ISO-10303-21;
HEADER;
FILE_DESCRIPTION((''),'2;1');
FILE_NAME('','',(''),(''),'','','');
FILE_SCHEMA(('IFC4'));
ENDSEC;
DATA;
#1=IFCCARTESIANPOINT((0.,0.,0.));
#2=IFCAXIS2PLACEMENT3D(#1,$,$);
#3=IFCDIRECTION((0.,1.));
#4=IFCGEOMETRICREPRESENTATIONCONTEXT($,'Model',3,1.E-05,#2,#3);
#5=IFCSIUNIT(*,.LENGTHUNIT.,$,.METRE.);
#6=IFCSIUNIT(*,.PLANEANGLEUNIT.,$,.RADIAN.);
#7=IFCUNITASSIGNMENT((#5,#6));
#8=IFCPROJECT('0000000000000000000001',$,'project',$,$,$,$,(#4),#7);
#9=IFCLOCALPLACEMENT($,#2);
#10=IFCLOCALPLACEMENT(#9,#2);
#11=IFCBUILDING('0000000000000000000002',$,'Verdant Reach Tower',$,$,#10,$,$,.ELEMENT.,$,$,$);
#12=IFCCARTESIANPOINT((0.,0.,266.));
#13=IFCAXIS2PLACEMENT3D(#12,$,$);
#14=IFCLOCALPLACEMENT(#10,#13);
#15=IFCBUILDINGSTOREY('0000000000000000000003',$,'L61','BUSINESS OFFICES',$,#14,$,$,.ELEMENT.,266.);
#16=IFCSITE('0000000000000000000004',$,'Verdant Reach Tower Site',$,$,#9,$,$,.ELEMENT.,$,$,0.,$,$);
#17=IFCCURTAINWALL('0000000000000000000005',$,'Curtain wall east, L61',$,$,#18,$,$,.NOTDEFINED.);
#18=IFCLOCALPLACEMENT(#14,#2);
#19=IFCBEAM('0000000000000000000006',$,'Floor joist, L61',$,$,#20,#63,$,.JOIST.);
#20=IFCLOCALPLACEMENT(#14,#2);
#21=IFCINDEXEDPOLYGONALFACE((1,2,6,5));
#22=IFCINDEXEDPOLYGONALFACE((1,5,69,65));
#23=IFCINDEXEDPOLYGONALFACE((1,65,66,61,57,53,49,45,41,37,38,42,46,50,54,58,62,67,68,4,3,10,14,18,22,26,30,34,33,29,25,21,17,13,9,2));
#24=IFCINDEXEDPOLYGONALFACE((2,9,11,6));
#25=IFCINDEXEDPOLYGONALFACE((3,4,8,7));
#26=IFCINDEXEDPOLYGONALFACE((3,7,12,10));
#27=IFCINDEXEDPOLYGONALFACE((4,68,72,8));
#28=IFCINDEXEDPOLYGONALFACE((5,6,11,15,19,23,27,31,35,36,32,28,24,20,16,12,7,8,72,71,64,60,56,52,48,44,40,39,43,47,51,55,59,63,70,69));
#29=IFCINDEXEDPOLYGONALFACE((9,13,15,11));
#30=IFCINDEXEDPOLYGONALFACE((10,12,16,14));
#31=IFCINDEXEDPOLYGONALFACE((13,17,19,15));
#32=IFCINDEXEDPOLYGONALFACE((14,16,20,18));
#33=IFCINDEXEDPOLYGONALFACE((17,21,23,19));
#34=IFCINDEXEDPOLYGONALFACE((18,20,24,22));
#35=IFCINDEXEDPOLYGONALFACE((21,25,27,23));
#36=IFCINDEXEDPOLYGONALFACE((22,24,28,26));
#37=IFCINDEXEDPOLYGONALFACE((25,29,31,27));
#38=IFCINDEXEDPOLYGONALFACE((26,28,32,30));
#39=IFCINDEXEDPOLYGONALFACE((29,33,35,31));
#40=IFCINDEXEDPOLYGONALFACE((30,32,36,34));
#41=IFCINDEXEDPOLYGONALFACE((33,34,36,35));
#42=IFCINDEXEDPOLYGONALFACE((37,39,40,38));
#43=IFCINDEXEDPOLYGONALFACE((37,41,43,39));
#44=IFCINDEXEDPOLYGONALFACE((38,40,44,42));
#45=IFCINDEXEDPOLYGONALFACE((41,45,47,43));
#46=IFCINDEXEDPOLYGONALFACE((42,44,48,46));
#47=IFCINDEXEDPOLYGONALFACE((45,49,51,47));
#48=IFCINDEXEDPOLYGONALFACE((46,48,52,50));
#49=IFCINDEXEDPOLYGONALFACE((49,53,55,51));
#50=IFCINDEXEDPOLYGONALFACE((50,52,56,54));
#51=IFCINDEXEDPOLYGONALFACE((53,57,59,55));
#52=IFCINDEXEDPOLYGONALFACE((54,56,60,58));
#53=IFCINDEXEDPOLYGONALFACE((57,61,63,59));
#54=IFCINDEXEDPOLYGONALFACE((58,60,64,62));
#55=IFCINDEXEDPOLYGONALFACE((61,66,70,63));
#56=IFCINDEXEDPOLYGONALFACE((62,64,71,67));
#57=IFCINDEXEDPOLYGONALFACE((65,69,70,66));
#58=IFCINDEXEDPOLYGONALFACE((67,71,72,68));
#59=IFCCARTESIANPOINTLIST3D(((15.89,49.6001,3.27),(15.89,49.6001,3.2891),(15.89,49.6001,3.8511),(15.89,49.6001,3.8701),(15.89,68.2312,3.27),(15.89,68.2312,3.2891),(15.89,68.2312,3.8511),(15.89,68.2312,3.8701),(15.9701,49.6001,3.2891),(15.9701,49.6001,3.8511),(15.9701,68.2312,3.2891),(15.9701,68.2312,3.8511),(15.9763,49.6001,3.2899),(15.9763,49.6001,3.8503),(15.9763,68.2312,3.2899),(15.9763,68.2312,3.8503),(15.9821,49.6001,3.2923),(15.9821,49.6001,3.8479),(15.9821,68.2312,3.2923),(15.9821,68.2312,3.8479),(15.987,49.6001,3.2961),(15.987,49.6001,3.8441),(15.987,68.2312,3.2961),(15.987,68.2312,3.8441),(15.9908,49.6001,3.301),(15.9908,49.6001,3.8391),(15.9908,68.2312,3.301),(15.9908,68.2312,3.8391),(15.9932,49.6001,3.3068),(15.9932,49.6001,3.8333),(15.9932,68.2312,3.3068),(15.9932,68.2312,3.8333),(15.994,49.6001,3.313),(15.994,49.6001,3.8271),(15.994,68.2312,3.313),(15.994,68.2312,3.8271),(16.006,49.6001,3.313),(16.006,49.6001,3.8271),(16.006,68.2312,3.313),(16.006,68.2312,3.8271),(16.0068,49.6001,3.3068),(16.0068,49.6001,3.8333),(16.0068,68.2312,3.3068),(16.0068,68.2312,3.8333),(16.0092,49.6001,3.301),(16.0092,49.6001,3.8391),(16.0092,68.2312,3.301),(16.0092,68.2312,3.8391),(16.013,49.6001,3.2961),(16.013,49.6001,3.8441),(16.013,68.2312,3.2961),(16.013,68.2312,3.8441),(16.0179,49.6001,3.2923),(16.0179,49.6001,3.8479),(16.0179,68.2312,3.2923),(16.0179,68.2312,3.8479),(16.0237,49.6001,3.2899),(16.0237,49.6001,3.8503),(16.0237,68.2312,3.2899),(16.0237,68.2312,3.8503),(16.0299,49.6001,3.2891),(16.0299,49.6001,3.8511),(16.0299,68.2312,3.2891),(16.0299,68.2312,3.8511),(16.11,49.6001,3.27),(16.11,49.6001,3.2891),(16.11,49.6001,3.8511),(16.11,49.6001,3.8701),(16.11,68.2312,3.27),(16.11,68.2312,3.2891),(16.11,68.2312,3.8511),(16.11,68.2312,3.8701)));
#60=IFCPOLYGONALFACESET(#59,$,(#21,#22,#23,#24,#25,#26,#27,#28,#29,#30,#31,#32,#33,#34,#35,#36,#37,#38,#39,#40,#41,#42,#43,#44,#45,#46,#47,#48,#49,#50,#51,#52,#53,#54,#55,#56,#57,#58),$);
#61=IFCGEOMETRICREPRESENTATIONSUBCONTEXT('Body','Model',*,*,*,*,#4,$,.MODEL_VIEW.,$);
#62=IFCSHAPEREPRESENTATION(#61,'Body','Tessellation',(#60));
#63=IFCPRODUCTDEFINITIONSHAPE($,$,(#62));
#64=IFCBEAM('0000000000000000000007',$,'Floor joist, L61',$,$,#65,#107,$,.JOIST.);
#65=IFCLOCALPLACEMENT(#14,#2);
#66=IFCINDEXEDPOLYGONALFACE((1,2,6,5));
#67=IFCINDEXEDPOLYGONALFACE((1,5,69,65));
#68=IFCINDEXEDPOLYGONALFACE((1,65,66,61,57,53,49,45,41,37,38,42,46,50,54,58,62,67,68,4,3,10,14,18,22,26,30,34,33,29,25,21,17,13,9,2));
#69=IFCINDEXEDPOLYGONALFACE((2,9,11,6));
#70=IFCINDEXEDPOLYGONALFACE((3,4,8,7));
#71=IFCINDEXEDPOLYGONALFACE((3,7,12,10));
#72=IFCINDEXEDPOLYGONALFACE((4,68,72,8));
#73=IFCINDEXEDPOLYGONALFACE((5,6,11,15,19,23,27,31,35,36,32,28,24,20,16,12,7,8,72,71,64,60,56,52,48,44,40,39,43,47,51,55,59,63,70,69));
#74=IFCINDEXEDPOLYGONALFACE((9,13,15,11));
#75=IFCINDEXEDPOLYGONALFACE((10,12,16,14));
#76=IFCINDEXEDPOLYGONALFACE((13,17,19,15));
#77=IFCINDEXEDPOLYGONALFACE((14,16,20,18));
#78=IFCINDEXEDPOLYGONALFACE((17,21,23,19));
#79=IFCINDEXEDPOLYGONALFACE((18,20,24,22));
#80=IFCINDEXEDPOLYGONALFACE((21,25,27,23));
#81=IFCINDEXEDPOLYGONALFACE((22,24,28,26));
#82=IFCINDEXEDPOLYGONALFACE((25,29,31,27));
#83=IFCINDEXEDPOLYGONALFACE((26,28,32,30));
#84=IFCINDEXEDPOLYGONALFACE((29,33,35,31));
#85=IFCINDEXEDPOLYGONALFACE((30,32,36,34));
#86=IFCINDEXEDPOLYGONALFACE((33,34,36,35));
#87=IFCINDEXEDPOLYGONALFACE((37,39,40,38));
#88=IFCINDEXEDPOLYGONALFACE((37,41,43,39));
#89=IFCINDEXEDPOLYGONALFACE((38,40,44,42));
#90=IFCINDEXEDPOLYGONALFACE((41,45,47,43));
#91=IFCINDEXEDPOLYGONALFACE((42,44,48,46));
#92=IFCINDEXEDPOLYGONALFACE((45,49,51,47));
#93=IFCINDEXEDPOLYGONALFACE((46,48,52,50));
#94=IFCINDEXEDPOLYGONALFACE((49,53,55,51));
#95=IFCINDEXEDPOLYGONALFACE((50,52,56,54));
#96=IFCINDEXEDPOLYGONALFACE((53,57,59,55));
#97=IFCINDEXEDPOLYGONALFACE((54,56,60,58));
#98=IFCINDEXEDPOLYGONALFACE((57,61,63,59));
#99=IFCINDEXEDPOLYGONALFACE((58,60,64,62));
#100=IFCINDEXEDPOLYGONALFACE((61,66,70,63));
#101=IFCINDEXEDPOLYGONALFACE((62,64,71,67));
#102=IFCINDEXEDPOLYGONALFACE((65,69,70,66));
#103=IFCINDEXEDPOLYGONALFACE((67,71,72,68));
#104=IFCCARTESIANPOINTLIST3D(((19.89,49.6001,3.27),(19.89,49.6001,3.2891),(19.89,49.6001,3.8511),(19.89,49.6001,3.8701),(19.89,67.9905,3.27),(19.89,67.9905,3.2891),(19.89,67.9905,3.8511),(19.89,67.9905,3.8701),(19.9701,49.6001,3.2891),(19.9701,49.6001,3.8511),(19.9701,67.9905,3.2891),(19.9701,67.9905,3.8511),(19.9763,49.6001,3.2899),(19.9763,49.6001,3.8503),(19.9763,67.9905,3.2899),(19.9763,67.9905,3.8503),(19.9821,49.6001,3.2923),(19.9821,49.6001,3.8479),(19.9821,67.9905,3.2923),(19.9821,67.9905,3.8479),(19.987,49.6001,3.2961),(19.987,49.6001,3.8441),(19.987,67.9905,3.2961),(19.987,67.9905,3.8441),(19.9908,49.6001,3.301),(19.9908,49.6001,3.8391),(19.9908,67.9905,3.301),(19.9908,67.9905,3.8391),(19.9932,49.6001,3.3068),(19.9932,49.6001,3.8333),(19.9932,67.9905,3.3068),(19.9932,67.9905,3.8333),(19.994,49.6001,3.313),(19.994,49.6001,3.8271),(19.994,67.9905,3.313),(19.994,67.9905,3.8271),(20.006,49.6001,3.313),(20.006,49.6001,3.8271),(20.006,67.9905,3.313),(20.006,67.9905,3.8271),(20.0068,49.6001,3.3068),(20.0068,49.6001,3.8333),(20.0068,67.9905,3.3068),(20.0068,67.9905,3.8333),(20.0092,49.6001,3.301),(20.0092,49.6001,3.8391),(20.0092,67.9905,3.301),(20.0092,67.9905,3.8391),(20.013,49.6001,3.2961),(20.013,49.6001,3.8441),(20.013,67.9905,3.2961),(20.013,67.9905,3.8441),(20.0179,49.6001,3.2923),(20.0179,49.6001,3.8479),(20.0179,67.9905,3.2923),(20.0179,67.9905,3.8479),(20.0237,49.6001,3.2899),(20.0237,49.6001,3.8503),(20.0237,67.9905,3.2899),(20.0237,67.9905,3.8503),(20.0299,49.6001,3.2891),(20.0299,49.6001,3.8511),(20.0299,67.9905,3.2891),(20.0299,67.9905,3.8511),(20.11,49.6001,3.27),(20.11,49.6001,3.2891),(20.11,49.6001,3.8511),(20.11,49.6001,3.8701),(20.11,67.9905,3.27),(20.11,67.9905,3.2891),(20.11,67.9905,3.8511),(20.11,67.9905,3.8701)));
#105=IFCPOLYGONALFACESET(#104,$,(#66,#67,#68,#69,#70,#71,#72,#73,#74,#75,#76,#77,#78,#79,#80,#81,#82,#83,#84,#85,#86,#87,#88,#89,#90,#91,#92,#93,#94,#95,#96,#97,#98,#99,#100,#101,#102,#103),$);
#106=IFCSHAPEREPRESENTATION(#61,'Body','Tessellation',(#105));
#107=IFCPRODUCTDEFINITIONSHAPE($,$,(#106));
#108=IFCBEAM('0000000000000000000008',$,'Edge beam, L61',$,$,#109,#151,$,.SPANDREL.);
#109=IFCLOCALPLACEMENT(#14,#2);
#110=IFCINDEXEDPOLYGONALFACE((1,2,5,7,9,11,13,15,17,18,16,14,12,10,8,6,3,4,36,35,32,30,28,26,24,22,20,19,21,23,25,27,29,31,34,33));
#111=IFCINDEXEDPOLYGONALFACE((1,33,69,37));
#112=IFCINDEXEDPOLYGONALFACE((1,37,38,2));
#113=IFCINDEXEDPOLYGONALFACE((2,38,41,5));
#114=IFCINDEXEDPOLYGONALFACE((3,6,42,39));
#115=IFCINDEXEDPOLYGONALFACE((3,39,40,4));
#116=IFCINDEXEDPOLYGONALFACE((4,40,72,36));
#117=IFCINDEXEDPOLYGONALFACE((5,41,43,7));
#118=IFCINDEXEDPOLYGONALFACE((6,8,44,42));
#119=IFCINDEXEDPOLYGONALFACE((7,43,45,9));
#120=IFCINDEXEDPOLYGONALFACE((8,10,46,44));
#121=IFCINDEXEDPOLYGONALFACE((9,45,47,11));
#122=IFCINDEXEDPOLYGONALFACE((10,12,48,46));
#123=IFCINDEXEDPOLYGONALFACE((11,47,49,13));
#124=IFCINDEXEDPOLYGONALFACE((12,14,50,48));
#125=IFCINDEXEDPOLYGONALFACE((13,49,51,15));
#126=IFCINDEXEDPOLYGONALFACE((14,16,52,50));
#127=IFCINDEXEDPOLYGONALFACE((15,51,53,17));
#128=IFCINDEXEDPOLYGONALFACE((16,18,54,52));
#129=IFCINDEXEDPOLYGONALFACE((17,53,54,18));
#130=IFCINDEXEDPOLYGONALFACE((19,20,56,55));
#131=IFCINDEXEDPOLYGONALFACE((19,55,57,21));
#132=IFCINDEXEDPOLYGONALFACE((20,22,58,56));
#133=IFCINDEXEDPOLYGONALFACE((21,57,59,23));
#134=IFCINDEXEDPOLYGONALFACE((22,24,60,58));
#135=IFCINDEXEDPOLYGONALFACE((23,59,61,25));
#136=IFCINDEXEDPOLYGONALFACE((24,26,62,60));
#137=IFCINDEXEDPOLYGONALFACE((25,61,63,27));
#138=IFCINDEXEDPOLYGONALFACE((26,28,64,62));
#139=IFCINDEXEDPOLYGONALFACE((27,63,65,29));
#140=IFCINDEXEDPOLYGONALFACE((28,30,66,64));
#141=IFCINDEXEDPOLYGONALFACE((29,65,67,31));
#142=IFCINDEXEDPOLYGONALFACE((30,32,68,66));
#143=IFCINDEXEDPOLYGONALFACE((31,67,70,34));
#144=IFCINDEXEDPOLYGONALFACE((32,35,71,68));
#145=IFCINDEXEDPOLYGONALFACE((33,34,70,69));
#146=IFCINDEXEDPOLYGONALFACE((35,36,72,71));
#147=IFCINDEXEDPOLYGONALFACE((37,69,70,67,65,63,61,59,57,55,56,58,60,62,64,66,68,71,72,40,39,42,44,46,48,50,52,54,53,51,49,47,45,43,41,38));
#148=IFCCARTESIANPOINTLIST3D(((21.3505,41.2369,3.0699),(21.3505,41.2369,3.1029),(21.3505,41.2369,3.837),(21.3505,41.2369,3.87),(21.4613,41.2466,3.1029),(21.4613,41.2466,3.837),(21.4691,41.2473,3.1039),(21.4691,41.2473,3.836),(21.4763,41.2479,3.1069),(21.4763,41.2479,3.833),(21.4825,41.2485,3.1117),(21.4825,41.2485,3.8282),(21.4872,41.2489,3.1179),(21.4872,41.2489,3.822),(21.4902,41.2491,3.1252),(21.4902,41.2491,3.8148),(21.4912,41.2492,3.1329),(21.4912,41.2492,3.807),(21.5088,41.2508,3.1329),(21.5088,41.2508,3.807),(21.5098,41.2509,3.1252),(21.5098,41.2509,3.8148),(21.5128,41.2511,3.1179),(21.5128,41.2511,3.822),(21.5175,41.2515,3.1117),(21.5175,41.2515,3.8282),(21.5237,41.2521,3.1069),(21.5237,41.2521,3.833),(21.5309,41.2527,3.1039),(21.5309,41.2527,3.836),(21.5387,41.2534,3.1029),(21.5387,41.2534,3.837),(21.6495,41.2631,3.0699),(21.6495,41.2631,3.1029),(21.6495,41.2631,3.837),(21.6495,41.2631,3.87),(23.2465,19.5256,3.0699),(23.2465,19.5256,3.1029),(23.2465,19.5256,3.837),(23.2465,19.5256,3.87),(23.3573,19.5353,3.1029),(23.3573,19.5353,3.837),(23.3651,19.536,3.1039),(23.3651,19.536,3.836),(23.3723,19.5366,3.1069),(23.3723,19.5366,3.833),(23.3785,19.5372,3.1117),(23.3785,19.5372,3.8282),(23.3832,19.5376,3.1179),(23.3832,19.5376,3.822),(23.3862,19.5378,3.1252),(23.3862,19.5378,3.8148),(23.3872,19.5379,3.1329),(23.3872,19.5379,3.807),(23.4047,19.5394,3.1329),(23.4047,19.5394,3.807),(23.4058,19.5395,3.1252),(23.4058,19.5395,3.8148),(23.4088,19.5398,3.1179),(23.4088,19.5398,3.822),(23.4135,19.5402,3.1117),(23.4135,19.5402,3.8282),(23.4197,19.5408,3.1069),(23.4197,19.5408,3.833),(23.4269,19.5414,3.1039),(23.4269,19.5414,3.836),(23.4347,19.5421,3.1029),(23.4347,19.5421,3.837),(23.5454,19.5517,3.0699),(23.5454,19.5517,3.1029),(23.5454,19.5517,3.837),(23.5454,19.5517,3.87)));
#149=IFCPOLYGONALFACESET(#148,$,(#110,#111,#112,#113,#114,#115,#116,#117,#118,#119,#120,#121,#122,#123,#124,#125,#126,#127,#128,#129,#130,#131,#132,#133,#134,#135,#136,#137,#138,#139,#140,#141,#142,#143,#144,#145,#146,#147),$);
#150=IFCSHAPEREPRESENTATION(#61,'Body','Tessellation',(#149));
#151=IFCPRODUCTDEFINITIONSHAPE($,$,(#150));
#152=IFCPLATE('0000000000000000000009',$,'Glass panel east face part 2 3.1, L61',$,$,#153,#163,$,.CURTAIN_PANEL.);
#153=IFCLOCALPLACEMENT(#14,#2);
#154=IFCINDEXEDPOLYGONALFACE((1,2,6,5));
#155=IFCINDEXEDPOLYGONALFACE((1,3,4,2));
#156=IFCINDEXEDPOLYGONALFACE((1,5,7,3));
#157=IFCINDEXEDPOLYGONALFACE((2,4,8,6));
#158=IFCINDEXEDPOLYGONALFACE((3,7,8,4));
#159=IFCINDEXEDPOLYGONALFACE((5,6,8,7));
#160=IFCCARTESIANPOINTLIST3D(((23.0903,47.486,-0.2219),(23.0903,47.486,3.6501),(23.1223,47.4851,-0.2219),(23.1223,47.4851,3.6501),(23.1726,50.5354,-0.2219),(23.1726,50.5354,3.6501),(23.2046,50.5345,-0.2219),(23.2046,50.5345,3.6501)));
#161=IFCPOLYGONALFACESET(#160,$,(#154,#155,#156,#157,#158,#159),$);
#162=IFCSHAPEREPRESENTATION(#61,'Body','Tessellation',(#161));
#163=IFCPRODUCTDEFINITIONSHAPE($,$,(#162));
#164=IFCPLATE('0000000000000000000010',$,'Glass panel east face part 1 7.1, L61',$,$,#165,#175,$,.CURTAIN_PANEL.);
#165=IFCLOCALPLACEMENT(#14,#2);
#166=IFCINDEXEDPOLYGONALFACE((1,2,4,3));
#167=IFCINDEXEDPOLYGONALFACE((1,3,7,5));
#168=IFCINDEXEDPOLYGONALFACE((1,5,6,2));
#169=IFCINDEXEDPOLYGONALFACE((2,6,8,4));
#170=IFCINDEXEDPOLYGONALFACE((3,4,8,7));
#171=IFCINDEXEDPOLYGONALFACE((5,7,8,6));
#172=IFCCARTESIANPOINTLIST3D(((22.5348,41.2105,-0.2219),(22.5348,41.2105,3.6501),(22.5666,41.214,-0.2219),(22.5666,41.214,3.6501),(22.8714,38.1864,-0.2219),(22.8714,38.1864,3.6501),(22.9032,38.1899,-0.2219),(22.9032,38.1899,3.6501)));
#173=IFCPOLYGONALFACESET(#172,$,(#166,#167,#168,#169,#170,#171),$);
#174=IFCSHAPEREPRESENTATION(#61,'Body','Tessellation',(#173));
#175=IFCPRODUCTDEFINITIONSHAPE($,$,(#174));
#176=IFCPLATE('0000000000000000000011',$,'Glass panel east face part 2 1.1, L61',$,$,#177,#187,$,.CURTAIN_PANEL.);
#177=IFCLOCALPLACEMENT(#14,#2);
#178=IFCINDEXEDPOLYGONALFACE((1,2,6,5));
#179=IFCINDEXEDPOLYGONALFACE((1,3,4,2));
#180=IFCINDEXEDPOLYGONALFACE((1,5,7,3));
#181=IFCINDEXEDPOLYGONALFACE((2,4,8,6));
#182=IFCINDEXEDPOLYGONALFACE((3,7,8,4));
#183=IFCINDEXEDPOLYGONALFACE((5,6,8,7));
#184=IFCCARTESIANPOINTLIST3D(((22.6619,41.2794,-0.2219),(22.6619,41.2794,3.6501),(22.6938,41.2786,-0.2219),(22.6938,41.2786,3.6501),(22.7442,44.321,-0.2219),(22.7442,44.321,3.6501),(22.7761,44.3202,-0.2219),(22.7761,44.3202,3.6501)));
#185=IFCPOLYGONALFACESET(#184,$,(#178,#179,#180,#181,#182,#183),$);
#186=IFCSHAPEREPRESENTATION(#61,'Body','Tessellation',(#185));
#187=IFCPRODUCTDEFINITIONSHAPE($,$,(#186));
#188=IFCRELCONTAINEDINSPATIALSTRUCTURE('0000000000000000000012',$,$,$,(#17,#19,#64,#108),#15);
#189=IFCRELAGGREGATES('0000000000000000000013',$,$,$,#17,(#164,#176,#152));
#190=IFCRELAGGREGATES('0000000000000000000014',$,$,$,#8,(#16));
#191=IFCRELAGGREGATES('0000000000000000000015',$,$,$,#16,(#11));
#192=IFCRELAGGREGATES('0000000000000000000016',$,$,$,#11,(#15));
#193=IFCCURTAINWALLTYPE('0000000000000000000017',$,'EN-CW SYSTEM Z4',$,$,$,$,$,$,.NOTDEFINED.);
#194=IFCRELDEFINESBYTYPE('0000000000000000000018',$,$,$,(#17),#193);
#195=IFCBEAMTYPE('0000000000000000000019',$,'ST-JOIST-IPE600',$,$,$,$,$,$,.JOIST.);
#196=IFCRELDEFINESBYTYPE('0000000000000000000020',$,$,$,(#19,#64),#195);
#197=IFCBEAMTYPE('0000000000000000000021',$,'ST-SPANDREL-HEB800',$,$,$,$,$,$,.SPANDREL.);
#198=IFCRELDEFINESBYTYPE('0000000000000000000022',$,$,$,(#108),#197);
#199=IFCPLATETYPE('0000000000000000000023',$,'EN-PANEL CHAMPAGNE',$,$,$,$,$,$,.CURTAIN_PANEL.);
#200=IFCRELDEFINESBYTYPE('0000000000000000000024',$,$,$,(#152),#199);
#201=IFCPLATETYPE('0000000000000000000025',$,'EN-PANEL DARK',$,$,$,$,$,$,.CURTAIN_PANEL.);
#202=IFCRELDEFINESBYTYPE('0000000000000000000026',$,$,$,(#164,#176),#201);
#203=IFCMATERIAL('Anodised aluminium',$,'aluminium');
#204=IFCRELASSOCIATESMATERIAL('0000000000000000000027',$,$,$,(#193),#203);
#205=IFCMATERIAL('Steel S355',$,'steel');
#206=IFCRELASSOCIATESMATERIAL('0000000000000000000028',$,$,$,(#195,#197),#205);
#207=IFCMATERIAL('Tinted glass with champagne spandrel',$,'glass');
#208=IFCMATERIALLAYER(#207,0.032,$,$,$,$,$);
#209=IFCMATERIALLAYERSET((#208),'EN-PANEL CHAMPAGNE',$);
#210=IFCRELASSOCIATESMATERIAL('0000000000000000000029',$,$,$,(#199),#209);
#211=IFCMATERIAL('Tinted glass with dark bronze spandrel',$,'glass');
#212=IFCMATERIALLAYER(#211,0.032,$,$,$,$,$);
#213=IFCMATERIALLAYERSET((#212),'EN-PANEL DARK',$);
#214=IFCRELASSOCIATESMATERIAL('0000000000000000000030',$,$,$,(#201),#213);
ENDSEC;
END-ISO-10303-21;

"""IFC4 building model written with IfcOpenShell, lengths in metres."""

from ifc_helpers import new_model, si_unit, direction, frame, origin, origin_2d, place, context, subcontext, project, spatial, rectangle, i_section, extrude, material, layer, layer_set, material_profile, profile_set, type_object, element, aggregate, save


model = new_model("IFC4")

# Units and contexts
model_context = context("Model", 3, precision=1e-05, world=origin(), true_north=direction((0.0, 1.0)))
body_context = subcontext(model_context, "Body", "Model", "MODEL_VIEW")
ifc_project = project(units=[si_unit("LENGTHUNIT", "METRE"), si_unit("PLANEANGLEUNIT", "RADIAN")], contexts=[model_context])

# Site, building, storey
site_placement = place(None, origin())
site = spatial("IfcSite", under=ifc_project, at=site_placement, Name="Verdant Reach Tower Site", CompositionType="ELEMENT", RefElevation=0.0)
building_placement = place(site_placement, origin())
building = spatial("IfcBuilding", under=site, at=building_placement, Name="Verdant Reach Tower", CompositionType="ELEMENT")
storey_placement = place(building_placement, frame((0.0, 0.0, 266.0)))
storey = spatial("IfcBuildingStorey", under=building, at=storey_placement, Name="L61", Description="BUSINESS OFFICES", CompositionType="ELEMENT", Elevation=266.0)

# Curtain wall
ifc_material_1 = material(Name="Anodised aluminium", Category="aluminium")
curtain_wall_type = type_object("IfcCurtainWallType", Name="EN-CW SYSTEM Z4", PredefinedType="NOTDEFINED", material=ifc_material_1)
curtain_wall_placement = place(storey_placement, origin())
curtain_wall = element("IfcCurtainWall", 1, at=curtain_wall_placement, inside=storey, type_object=curtain_wall_type, Name="Curtain wall east, L61", PredefinedType="NOTDEFINED")

# Beams
ifc_material_2 = material(Name="Steel S355", Category="steel")
ifc_material_profile_1 = material_profile(ifc_material_2, i_section(OverallWidth=0.22, OverallDepth=0.6001, WebThickness=0.012, FlangeThickness=0.019, FilletRadius=0.0239, at=origin_2d()), Name="IPE 600")
ifc_profile_set_1 = profile_set([ifc_material_profile_1], Name="Steel S355")
beam_type_1 = type_object("IfcBeamType", Name="ST-JOIST-IPE600", PredefinedType="JOIST", material=ifc_profile_set_1)
beam_1_placement = place(storey_placement, frame((16.0, 49.6001, 3.5701), z_axis=(0.0, 1.0, 0.0), x_axis=(-1.0, 0.0, 0.0)))
element("IfcBeam", 2, at=beam_1_placement, inside=storey, type_object=beam_type_1, Name="Floor joist, L61", PredefinedType="JOIST", context=body_context, shape_type="SweptSolid", body=[
    extrude(i_section(OverallWidth=0.22, OverallDepth=0.6001, WebThickness=0.012, FlangeThickness=0.019, FilletRadius=0.0239, at=origin_2d()), origin(), (0.0, 0.0, 1.0), 18.6311),
])
beam_2_placement = place(storey_placement, frame((20.0, 49.6001, 3.5701), z_axis=(0.0, 1.0, 0.0), x_axis=(-1.0, 0.0, 0.0)))
element("IfcBeam", 3, at=beam_2_placement, inside=storey, type_object=beam_type_1, Name="Floor joist, L61", PredefinedType="JOIST", context=body_context, shape_type="SweptSolid", body=[
    extrude(i_section(OverallWidth=0.22, OverallDepth=0.6001, WebThickness=0.012, FlangeThickness=0.019, FilletRadius=0.0239, at=origin_2d()), origin(), (0.0, 0.0, 1.0), 18.3904),
])
ifc_material_profile_2 = material_profile(ifc_material_2, i_section(OverallWidth=0.3, OverallDepth=0.8, WebThickness=0.0176, FlangeThickness=0.033, FilletRadius=0.03, at=origin_2d()), Name="HEB 800")
ifc_profile_set_2 = profile_set([ifc_material_profile_2], Name="Steel S355")
beam_type_2 = type_object("IfcBeamType", Name="ST-SPANDREL-HEB800", PredefinedType="SPANDREL", material=ifc_profile_set_2)
beam_3_placement = place(storey_placement, frame((21.5, 41.25, 3.47), z_axis=(0.086996, -0.996209, 0.0), x_axis=(0.996209, 0.086996, 0.0)))
element("IfcBeam", 4, at=beam_3_placement, inside=storey, type_object=beam_type_2, Name="Edge beam, L61", PredefinedType="SPANDREL", context=body_context, shape_type="SweptSolid", body=[
    extrude(i_section(OverallWidth=0.3, OverallDepth=0.8, WebThickness=0.0176, FlangeThickness=0.033, FilletRadius=0.03, at=origin_2d()), origin(), (0.0, 0.0, 1.0), 21.7939),
])

# Plates
ifc_material_3 = material(Name="Tinted glass with champagne spandrel", Category="glass")
ifc_layer_1 = layer(ifc_material_3, 0.032)
ifc_layer_set_1 = layer_set([ifc_layer_1], Name="EN-PANEL CHAMPAGNE")
plate_type_1 = type_object("IfcPlateType", Name="EN-PANEL CHAMPAGNE", PredefinedType="CURTAIN_PANEL", material=ifc_layer_set_1)
plate_1_placement = place(storey_placement, frame((23.1475, 49.0103, -0.2219), z_axis=(0.0, 0.0, 1.0), x_axis=(0.026965, 0.999636, 0.0)))
plate_1 = element("IfcPlate", 5, at=plate_1_placement, type_object=plate_type_1, Name="Glass panel east face part 2 3.1, L61", PredefinedType="CURTAIN_PANEL", context=body_context, shape_type="SweptSolid", body=[
    extrude(rectangle(XDim=3.0505, YDim=0.032, at=origin_2d()), origin(), (0.0, 0.0, 1.0), 3.8721),
])
ifc_material_4 = material(Name="Tinted glass with dark bronze spandrel", Category="glass")
ifc_layer_2 = layer(ifc_material_4, 0.032)
ifc_layer_set_2 = layer_set([ifc_layer_2], Name="EN-PANEL DARK")
plate_type_2 = type_object("IfcPlateType", Name="EN-PANEL DARK", PredefinedType="CURTAIN_PANEL", material=ifc_layer_set_2)
plate_2_placement = place(storey_placement, frame((22.719, 39.7002, -0.2219), z_axis=(0.0, 0.0, 1.0), x_axis=(-0.110603, 0.993865, 0.0)))
plate_2 = element("IfcPlate", 6, at=plate_2_placement, type_object=plate_type_2, Name="Glass panel east face part 1 7.1, L61", PredefinedType="CURTAIN_PANEL", context=body_context, shape_type="SweptSolid", body=[
    extrude(rectangle(XDim=3.0427, YDim=0.032, at=origin_2d()), origin(), (0.0, 0.0, 1.0), 3.8721),
])
plate_3_placement = place(storey_placement, frame((22.719, 42.7998, -0.2219), z_axis=(0.0, 0.0, 1.0), x_axis=(0.027051, 0.999634, 0.0)))
plate_3 = element("IfcPlate", 7, at=plate_3_placement, type_object=plate_type_2, Name="Glass panel east face part 2 1.1, L61", PredefinedType="CURTAIN_PANEL", context=body_context, shape_type="SweptSolid", body=[
    extrude(rectangle(XDim=3.0427, YDim=0.032, at=origin_2d()), origin(), (0.0, 0.0, 1.0), 3.8721),
])
aggregate(curtain_wall, [plate_2, plate_3, plate_1])

save(model, "model.ifc")
